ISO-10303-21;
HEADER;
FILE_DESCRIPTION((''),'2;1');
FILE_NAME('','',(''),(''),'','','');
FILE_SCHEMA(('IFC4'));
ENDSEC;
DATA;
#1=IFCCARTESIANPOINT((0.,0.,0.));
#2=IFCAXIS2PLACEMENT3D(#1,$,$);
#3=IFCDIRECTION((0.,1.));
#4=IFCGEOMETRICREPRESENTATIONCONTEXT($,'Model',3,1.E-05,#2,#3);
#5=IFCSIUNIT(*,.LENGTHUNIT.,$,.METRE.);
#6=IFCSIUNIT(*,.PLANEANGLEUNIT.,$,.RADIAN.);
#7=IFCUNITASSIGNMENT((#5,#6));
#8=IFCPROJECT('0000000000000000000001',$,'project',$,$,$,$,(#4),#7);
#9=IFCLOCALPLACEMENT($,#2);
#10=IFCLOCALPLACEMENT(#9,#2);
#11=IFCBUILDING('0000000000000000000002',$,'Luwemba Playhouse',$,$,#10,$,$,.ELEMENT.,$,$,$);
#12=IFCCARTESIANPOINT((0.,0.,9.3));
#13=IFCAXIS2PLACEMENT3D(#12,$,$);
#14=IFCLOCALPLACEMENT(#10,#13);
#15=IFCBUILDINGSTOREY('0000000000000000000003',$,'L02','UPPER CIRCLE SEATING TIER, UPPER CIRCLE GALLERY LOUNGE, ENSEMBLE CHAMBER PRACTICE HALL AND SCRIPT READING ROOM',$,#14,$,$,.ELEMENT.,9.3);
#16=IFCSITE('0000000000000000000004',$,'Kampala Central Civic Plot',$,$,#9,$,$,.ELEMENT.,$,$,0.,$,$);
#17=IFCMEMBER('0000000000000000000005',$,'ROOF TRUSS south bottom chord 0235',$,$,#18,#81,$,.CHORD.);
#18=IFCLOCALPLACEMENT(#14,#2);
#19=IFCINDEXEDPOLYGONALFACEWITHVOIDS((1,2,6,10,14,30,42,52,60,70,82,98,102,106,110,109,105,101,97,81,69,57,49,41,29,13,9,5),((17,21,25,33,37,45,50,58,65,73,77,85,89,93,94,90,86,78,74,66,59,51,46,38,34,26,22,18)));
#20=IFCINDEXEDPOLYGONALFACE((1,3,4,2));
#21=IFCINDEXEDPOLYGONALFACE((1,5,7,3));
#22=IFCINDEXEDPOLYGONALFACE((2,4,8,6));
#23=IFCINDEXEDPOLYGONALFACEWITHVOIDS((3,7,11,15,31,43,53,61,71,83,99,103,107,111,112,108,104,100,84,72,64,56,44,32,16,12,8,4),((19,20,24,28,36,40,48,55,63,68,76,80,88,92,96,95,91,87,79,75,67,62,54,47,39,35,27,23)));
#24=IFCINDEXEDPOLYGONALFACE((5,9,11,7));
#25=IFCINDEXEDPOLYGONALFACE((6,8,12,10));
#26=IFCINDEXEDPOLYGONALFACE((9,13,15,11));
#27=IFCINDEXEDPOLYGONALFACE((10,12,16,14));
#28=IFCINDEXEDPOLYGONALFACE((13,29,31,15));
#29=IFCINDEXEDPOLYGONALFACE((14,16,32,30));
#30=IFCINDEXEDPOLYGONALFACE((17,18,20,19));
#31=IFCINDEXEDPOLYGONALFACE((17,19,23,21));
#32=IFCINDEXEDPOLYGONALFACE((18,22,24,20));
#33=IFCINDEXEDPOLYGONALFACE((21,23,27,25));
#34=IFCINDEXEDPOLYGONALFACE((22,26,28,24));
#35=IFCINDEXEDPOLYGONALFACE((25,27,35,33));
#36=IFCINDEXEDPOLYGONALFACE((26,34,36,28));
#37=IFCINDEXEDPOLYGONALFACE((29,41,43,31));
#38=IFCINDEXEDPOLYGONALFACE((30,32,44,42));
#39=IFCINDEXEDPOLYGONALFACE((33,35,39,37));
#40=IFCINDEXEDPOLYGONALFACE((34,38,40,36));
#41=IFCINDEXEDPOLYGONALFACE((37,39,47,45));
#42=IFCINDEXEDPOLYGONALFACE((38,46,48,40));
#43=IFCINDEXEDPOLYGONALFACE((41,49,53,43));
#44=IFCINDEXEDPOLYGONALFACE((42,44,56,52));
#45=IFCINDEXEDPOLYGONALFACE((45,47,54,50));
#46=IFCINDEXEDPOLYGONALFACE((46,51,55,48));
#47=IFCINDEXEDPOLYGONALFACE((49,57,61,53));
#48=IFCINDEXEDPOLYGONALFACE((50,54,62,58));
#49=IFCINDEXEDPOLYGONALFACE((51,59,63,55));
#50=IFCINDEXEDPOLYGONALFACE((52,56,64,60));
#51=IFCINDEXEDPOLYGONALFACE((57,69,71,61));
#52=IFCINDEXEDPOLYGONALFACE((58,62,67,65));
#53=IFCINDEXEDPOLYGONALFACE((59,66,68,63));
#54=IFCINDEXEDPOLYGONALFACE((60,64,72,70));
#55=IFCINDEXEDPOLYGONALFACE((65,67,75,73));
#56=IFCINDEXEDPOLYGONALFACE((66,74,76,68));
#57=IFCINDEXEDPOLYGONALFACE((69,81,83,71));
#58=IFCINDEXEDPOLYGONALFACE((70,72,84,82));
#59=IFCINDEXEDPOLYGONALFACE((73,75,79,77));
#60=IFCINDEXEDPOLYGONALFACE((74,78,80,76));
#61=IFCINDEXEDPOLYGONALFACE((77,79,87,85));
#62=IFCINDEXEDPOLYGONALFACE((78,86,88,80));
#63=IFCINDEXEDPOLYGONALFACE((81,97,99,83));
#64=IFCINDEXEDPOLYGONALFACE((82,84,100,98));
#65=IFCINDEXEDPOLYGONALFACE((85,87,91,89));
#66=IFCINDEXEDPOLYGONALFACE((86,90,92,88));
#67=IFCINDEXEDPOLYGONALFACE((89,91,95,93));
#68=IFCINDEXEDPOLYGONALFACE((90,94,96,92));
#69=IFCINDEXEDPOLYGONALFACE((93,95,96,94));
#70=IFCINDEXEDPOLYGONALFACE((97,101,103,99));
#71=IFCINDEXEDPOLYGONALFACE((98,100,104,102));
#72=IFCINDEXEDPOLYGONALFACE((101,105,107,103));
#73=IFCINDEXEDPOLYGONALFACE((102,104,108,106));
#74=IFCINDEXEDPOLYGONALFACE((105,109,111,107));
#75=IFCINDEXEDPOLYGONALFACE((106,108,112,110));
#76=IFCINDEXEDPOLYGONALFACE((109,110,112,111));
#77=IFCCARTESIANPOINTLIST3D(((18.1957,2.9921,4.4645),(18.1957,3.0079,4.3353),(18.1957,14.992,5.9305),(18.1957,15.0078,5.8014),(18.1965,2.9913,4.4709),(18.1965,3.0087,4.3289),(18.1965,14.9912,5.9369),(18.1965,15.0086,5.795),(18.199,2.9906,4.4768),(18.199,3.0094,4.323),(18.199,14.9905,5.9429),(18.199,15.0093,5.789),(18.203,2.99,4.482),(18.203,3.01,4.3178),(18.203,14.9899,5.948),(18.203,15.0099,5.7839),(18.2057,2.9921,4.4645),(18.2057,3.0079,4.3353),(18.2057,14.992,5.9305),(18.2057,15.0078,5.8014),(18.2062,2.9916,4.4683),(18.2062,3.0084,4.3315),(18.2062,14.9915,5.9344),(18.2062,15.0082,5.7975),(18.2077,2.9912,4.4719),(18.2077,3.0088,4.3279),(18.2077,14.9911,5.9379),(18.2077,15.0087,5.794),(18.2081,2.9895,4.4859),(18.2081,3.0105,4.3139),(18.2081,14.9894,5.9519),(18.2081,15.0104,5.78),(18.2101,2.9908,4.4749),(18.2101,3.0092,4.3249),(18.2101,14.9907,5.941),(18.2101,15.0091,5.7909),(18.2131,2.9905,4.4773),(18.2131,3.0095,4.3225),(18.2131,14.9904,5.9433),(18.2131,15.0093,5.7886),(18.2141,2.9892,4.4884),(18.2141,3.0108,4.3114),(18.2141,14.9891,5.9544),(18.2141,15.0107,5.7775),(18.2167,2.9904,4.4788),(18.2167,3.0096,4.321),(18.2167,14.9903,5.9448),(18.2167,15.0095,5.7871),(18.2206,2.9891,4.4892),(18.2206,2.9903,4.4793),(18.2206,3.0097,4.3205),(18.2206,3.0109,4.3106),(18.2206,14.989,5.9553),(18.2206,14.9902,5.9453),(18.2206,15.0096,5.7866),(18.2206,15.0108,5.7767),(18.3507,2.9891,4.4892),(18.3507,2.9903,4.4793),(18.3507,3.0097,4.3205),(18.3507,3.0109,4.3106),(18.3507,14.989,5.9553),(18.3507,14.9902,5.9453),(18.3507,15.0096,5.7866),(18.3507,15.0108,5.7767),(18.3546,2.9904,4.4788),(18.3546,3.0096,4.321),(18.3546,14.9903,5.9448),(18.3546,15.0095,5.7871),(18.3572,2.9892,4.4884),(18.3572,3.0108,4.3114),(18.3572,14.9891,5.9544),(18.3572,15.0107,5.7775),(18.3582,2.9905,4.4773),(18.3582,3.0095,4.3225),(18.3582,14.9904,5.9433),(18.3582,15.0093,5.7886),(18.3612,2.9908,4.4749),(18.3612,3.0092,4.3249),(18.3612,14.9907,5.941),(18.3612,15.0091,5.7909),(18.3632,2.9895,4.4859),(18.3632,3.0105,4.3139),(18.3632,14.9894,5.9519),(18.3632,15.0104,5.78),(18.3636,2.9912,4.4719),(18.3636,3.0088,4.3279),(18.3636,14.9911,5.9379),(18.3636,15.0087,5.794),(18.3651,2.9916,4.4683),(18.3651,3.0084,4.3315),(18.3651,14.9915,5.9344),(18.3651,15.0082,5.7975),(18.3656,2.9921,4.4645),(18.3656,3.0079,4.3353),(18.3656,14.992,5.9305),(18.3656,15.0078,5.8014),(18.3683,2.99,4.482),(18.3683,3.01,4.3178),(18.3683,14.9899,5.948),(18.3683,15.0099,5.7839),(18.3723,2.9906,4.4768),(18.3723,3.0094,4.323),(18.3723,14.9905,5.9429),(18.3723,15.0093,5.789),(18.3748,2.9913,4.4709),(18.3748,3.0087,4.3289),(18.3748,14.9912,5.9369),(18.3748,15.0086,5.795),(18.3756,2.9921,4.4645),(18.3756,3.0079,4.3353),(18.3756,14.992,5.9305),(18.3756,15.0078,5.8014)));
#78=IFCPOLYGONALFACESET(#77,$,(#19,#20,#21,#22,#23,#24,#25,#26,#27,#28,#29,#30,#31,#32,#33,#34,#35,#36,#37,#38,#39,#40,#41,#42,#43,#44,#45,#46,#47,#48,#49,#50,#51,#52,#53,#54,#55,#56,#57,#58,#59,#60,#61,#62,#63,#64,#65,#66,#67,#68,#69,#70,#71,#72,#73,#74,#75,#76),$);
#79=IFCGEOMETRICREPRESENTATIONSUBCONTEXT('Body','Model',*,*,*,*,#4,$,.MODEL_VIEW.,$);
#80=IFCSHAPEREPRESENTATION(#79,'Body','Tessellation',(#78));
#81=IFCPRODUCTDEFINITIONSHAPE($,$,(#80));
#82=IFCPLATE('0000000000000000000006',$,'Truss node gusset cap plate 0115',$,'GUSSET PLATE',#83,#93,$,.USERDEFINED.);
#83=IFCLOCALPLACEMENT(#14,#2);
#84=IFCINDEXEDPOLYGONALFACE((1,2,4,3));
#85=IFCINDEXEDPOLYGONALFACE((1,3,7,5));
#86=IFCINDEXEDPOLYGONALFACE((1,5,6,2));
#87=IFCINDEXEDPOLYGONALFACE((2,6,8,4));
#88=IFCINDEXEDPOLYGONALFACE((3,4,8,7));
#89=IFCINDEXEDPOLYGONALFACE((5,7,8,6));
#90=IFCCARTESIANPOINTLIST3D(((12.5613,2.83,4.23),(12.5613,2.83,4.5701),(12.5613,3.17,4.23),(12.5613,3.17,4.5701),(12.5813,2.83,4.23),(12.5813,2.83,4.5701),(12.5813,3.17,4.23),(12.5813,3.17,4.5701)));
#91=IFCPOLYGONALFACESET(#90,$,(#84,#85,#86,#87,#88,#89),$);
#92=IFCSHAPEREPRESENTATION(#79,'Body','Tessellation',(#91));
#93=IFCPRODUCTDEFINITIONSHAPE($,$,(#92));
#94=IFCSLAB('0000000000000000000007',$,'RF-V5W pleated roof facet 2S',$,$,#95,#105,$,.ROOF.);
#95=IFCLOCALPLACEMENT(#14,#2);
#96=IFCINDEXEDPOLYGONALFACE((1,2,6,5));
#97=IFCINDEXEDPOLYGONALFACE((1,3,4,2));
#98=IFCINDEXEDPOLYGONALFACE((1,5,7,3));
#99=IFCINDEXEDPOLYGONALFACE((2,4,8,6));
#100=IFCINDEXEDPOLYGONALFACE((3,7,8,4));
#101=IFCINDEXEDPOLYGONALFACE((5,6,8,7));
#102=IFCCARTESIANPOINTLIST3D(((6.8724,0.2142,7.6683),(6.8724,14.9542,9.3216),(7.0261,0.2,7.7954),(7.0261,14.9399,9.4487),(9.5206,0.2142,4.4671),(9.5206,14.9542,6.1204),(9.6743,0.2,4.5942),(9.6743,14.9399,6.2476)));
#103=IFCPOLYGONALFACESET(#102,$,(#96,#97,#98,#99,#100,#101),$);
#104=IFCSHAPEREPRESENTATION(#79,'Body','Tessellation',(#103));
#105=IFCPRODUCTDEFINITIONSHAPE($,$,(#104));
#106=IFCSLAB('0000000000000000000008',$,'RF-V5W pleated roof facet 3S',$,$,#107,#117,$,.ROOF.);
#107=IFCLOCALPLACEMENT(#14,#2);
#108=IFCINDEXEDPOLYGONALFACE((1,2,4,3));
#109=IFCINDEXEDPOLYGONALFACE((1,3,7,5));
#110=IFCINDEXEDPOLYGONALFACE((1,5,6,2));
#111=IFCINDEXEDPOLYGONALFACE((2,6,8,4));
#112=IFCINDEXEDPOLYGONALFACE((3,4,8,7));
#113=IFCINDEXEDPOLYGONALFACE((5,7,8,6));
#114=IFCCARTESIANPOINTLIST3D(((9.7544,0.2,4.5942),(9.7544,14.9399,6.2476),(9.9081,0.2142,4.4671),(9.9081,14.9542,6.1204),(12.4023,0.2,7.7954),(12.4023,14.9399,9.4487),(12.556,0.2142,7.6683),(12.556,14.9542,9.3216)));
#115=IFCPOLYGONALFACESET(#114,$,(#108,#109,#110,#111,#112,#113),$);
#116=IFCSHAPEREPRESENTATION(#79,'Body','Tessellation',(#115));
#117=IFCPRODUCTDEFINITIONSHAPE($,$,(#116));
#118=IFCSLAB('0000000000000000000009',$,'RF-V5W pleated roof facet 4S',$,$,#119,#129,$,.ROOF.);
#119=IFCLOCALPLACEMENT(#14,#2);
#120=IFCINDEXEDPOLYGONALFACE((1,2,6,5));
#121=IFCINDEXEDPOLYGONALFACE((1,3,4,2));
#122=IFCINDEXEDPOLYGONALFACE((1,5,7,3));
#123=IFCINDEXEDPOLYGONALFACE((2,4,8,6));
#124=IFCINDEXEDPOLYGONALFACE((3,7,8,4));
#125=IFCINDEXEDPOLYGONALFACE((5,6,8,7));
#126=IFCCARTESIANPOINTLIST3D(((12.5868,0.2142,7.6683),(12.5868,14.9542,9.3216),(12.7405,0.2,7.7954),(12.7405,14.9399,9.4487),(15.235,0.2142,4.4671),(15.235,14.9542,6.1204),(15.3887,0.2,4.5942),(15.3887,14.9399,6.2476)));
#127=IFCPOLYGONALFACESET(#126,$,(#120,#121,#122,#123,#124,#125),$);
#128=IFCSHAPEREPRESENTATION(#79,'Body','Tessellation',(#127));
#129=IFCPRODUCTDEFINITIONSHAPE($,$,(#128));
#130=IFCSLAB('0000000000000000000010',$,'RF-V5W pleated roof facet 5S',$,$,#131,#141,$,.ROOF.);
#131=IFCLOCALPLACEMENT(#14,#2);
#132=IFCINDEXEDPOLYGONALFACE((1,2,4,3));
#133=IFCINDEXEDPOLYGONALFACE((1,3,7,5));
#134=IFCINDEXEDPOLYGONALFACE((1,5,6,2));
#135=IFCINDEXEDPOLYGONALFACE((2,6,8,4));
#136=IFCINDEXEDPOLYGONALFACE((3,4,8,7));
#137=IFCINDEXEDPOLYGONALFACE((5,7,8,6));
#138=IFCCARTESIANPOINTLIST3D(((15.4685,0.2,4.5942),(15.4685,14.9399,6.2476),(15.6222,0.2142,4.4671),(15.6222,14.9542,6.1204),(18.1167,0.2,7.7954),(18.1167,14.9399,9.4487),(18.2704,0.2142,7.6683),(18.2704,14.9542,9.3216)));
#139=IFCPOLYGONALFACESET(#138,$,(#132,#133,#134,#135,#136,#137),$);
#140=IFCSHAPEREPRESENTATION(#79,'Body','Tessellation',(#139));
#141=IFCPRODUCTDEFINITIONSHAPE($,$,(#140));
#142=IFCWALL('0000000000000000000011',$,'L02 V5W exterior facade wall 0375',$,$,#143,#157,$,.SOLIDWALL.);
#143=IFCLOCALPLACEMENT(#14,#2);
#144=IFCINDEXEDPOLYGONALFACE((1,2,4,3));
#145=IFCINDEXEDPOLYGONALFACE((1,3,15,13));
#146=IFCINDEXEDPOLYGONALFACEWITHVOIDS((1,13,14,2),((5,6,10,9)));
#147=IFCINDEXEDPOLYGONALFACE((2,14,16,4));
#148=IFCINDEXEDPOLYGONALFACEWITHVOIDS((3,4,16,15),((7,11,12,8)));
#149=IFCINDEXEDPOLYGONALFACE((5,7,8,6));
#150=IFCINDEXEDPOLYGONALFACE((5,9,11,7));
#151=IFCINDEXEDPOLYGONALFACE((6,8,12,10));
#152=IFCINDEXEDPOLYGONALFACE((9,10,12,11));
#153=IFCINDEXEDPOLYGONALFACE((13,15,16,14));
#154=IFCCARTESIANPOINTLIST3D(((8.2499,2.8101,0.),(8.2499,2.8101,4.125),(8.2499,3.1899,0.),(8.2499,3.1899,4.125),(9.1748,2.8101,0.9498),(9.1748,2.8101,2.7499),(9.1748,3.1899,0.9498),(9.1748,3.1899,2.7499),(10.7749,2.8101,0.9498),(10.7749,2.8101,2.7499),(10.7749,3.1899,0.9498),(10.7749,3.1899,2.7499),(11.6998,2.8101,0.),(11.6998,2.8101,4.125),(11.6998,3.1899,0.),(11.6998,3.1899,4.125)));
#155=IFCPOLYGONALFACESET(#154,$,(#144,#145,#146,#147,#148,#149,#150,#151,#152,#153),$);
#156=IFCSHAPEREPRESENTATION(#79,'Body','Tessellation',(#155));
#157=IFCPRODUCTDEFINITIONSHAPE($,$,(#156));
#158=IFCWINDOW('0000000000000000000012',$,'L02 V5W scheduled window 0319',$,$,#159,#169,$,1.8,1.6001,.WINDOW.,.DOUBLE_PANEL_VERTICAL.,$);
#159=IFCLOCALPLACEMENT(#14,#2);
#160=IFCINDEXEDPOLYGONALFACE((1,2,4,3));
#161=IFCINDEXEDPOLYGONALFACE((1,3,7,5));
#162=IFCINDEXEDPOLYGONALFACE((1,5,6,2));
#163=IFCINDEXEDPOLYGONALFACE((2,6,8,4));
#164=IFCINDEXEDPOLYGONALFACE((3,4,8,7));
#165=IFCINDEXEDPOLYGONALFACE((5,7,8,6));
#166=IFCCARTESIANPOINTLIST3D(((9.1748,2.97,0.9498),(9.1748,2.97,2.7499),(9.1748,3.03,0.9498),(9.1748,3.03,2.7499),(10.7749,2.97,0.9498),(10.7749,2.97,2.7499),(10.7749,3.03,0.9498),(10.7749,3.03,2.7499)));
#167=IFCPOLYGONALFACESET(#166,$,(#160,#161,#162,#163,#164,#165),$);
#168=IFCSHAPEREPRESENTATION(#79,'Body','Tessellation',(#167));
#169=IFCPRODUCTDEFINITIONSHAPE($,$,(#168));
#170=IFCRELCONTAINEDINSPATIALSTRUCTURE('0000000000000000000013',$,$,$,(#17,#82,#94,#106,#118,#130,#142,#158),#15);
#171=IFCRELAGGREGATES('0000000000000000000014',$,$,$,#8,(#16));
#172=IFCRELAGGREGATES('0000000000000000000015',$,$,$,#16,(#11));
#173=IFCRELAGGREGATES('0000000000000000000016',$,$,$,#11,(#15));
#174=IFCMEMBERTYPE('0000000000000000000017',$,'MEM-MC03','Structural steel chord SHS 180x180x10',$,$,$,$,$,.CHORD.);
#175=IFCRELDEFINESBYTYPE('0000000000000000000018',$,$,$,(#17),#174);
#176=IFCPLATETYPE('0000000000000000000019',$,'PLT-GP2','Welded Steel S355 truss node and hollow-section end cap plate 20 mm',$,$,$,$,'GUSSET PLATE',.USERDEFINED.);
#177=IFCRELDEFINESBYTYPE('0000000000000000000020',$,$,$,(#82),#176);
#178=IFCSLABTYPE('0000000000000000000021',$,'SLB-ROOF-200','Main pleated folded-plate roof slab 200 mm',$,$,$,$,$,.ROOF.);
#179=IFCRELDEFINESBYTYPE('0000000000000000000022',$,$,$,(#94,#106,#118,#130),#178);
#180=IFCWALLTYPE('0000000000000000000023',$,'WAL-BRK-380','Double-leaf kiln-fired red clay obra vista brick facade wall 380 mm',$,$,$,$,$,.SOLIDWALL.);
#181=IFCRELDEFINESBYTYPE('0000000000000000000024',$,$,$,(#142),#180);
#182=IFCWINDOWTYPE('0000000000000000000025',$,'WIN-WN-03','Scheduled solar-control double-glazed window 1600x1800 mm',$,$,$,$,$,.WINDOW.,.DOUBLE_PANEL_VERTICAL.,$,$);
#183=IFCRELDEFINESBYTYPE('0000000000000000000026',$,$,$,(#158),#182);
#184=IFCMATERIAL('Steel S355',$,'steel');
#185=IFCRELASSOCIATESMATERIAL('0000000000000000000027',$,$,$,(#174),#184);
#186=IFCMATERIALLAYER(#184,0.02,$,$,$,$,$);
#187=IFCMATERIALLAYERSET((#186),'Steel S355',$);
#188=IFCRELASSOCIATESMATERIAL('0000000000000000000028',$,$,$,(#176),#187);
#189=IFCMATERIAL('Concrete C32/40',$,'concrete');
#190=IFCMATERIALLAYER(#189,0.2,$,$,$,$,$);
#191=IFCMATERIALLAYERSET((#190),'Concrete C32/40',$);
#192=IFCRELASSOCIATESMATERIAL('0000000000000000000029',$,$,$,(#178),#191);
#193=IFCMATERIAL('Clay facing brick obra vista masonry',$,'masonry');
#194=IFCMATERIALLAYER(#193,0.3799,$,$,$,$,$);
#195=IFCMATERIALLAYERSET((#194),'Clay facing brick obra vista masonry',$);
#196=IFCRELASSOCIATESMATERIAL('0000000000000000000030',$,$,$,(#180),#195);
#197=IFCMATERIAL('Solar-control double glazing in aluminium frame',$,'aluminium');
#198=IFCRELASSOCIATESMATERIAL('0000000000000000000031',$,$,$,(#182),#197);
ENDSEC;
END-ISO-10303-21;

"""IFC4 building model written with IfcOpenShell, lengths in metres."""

from ifc_helpers import new_model, si_unit, direction, frame, frame_2d, origin, origin_2d, place, context, subcontext, project, spatial, polyline, rectangle, hollow_rectangle, outline, extrude, material, layer, layer_set, material_profile, profile_set, type_object, element, fill, save


model = new_model("IFC4")

# Units and contexts
model_context = context("Model", 3, precision=1e-05, world=origin(), true_north=direction((0.0, 1.0)))
body_context = subcontext(model_context, "Body", "Model", "MODEL_VIEW")
ifc_project = project(units=[si_unit("LENGTHUNIT", "METRE"), si_unit("PLANEANGLEUNIT", "RADIAN")], contexts=[model_context])

# Site, building, storey
site_placement = place(None, origin())
site = spatial("IfcSite", under=ifc_project, at=site_placement, Name="Kampala Central Civic Plot", CompositionType="ELEMENT", RefElevation=0.0)
building_placement = place(site_placement, origin())
building = spatial("IfcBuilding", under=site, at=building_placement, Name="Luwemba Playhouse", CompositionType="ELEMENT")
storey_placement = place(building_placement, frame((0.0, 0.0, 9.3)))
storey = spatial("IfcBuildingStorey", under=building, at=storey_placement, Name="L02", Description="UPPER CIRCLE SEATING TIER, UPPER CIRCLE GALLERY LOUNGE, ENSEMBLE CHAMBER PRACTICE HALL AND SCRIPT READING ROOM", CompositionType="ELEMENT", Elevation=9.3)

# Shared definitions
ifc_material_1 = material(Name="Steel S355", Category="steel")

# Member
ifc_material_profile_1 = material_profile(ifc_material_1, hollow_rectangle(XDim=0.1799, YDim=0.1799, WallThickness=0.01, InnerFilletRadius=0.0149, OuterFilletRadius=0.0249, at=origin_2d()))
ifc_profile_set_1 = profile_set([ifc_material_profile_1], Name="Steel S355")
member_type_1 = type_object("IfcMemberType", Name="MEM-MC03", Description="Structural steel chord SHS 180x180x10", PredefinedType="CHORD", material=ifc_profile_set_1)
member_1_placement = place(storey_placement, frame((18.2856, 3.0, 4.3999), z_axis=(0.0, 0.99262, 0.12127), x_axis=(-1.0, 0.0, 0.0)))
element("IfcMember", 1, at=member_1_placement, inside=storey, type_object=member_type_1, Name="ROOF TRUSS south bottom chord 0235", PredefinedType="CHORD", context=body_context, shape_type="SweptSolid", body=[
    extrude(hollow_rectangle(XDim=0.1799, YDim=0.1799, WallThickness=0.01, InnerFilletRadius=0.0149, OuterFilletRadius=0.0249, at=origin_2d()), origin(), (0.0, 0.0, 1.0), 12.0891),
])

# Plate
ifc_layer_1 = layer(ifc_material_1, 0.02)
ifc_layer_set_1 = layer_set([ifc_layer_1], Name="Steel S355")
plate_type = type_object("IfcPlateType", Name="PLT-GP2", Description="Welded Steel S355 truss node and hollow-section end cap plate 20 mm", ElementType="GUSSET PLATE", PredefinedType="USERDEFINED", material=ifc_layer_set_1)
plate_placement = place(storey_placement, frame((12.5713, 3.0, 4.23), z_axis=(0.0, 0.0, 1.0), x_axis=(1.0, 0.0, 0.0)))
element("IfcPlate", 2, at=plate_placement, inside=storey, type_object=plate_type, Name="Truss node gusset cap plate 0115", ObjectType="GUSSET PLATE", PredefinedType="USERDEFINED", context=body_context, shape_type="SweptSolid", body=[
    extrude(rectangle(XDim=0.02, YDim=0.3401, at=origin_2d()), origin(), (0.0, 0.0, 1.0), 0.3401),
])

# Slabs
ifc_material_2 = material(Name="Concrete C32/40", Category="concrete")
ifc_layer_2 = layer(ifc_material_2, 0.2)
ifc_layer_set_2 = layer_set([ifc_layer_2], Name="Concrete C32/40")
slab_type = type_object("IfcSlabType", Name="SLB-ROOF-200", Description="Main pleated folded-plate roof slab 200 mm", PredefinedType="ROOF", material=ifc_layer_set_2)
slab_1_placement = place(storey_placement, frame((7.0261, 0.2, 7.7954), z_axis=(0.768557, -0.071314, 0.635794), x_axis=(0.637417, 0.0, -0.770519)))
element("IfcSlab", 3, at=slab_1_placement, inside=storey, type_object=slab_type, Name="RF-V5W pleated roof facet 2S", PredefinedType="ROOF", context=body_context, shape_type="SweptSolid", body=[
    extrude(outline(polyline([(0.0, 0.0), (4.1546, 0.0), (2.8807, 14.7776), (-1.2739, 14.7776), (0.0, 0.0)])), origin(), (0.0, 0.0, -1.0), 0.2),
])
slab_2_placement = place(storey_placement, frame((9.7544, 0.2, 4.5942), z_axis=(-0.768586, -0.07131, 0.63576), x_axis=(0.637382, 0.0, 0.770548)))
element("IfcSlab", 4, at=slab_2_placement, inside=storey, type_object=slab_type, Name="RF-V5W pleated roof facet 3S", PredefinedType="ROOF", context=body_context, shape_type="SweptSolid", body=[
    extrude(outline(polyline([(0.0, 0.0), (4.1544, 0.0), (5.4284, 14.7776), (1.274, 14.7776), (0.0, 0.0)])), origin(), (0.0, 0.0, -1.0), 0.2),
])
slab_3_placement = place(storey_placement, frame((12.7405, 0.2, 7.7954), z_axis=(0.768557, -0.071314, 0.635794), x_axis=(0.637417, 0.0, -0.770519)))
element("IfcSlab", 5, at=slab_3_placement, inside=storey, type_object=slab_type, Name="RF-V5W pleated roof facet 4S", PredefinedType="ROOF", context=body_context, shape_type="SweptSolid", body=[
    extrude(outline(polyline([(0.0, 0.0), (4.1546, 0.0), (2.8807, 14.7776), (-1.2739, 14.7776), (0.0, 0.0)])), origin(), (0.0, 0.0, -1.0), 0.2),
])
slab_4_placement = place(storey_placement, frame((15.4685, 0.2, 4.5942), z_axis=(-0.768557, -0.071314, 0.635794), x_axis=(0.637417, 0.0, 0.770519)))
element("IfcSlab", 6, at=slab_4_placement, inside=storey, type_object=slab_type, Name="RF-V5W pleated roof facet 5S", PredefinedType="ROOF", context=body_context, shape_type="SweptSolid", body=[
    extrude(outline(polyline([(0.0, 0.0), (4.1546, 0.0), (5.4285, 14.7776), (1.2739, 14.7776), (0.0, 0.0)])), origin(), (0.0, 0.0, -1.0), 0.2),
])

# Wall, opening, window
ifc_material_3 = material(Name="Clay facing brick obra vista masonry", Category="masonry")
ifc_layer_3 = layer(ifc_material_3, 0.3799)
ifc_layer_set_3 = layer_set([ifc_layer_3], Name="Clay facing brick obra vista masonry")
wall_type_1 = type_object("IfcWallType", Name="WAL-BRK-380", Description="Double-leaf kiln-fired red clay obra vista brick facade wall 380 mm", PredefinedType="SOLIDWALL", material=ifc_layer_set_3)
wall_1_placement = place(storey_placement, frame((11.7, 3.0, 0.0), z_axis=(0.0, 0.0, 1.0), x_axis=(-1.0, 0.0, 0.0)))
wall_1 = element("IfcWall", 7, at=wall_1_placement, inside=storey, type_object=wall_type_1, Name="L02 V5W exterior facade wall 0375", PredefinedType="SOLIDWALL", context=body_context, shape_type="SweptSolid", body=[
    extrude(rectangle(XDim=3.45, YDim=0.3799, at=frame_2d((1.7251, 0.0))), origin(), (0.0, 0.0, 1.0), 4.125),
])
opening_1_placement = place(wall_1_placement, frame((0.925, 0.0, 0.95)))
opening_1 = element("IfcOpeningElement", 8, at=opening_1_placement, cuts=wall_1, PredefinedType="OPENING", context=body_context, shape_type="SweptSolid", body=[
    extrude(rectangle(XDim=1.6001, YDim=1.8, at=frame_2d((0.8, 0.8999))), frame((0.0, 0.2, 0.0), z_axis=(0.0, -1.0, 0.0), x_axis=(1.0, 0.0, 0.0)), (0.0, 0.0, 1.0), 0.3999),
])
ifc_material_4 = material(Name="Solar-control double glazing in aluminium frame", Category="aluminium")
window_type_1 = type_object("IfcWindowType", Name="WIN-WN-03", Description="Scheduled solar-control double-glazed window 1600x1800 mm", PartitioningType="DOUBLE_PANEL_VERTICAL", PredefinedType="WINDOW", material=ifc_material_4)
window_1_placement = place(opening_1_placement, origin())
window_1 = element("IfcWindow", 9, at=window_1_placement, inside=storey, type_object=window_type_1, Name="L02 V5W scheduled window 0319", OverallHeight=1.8, OverallWidth=1.6001, PartitioningType="DOUBLE_PANEL_VERTICAL", PredefinedType="WINDOW", context=body_context, shape_type="SweptSolid", body=[
    extrude(rectangle(XDim=1.6001, YDim=1.8, at=frame_2d((0.8, 0.8999))), frame((0.0, 0.03, 0.0), z_axis=(0.0, -1.0, 0.0), x_axis=(1.0, 0.0, 0.0)), (0.0, 0.0, 1.0), 0.0601),
])
fill(opening_1, window_1)

save(model, "model.ifc")
